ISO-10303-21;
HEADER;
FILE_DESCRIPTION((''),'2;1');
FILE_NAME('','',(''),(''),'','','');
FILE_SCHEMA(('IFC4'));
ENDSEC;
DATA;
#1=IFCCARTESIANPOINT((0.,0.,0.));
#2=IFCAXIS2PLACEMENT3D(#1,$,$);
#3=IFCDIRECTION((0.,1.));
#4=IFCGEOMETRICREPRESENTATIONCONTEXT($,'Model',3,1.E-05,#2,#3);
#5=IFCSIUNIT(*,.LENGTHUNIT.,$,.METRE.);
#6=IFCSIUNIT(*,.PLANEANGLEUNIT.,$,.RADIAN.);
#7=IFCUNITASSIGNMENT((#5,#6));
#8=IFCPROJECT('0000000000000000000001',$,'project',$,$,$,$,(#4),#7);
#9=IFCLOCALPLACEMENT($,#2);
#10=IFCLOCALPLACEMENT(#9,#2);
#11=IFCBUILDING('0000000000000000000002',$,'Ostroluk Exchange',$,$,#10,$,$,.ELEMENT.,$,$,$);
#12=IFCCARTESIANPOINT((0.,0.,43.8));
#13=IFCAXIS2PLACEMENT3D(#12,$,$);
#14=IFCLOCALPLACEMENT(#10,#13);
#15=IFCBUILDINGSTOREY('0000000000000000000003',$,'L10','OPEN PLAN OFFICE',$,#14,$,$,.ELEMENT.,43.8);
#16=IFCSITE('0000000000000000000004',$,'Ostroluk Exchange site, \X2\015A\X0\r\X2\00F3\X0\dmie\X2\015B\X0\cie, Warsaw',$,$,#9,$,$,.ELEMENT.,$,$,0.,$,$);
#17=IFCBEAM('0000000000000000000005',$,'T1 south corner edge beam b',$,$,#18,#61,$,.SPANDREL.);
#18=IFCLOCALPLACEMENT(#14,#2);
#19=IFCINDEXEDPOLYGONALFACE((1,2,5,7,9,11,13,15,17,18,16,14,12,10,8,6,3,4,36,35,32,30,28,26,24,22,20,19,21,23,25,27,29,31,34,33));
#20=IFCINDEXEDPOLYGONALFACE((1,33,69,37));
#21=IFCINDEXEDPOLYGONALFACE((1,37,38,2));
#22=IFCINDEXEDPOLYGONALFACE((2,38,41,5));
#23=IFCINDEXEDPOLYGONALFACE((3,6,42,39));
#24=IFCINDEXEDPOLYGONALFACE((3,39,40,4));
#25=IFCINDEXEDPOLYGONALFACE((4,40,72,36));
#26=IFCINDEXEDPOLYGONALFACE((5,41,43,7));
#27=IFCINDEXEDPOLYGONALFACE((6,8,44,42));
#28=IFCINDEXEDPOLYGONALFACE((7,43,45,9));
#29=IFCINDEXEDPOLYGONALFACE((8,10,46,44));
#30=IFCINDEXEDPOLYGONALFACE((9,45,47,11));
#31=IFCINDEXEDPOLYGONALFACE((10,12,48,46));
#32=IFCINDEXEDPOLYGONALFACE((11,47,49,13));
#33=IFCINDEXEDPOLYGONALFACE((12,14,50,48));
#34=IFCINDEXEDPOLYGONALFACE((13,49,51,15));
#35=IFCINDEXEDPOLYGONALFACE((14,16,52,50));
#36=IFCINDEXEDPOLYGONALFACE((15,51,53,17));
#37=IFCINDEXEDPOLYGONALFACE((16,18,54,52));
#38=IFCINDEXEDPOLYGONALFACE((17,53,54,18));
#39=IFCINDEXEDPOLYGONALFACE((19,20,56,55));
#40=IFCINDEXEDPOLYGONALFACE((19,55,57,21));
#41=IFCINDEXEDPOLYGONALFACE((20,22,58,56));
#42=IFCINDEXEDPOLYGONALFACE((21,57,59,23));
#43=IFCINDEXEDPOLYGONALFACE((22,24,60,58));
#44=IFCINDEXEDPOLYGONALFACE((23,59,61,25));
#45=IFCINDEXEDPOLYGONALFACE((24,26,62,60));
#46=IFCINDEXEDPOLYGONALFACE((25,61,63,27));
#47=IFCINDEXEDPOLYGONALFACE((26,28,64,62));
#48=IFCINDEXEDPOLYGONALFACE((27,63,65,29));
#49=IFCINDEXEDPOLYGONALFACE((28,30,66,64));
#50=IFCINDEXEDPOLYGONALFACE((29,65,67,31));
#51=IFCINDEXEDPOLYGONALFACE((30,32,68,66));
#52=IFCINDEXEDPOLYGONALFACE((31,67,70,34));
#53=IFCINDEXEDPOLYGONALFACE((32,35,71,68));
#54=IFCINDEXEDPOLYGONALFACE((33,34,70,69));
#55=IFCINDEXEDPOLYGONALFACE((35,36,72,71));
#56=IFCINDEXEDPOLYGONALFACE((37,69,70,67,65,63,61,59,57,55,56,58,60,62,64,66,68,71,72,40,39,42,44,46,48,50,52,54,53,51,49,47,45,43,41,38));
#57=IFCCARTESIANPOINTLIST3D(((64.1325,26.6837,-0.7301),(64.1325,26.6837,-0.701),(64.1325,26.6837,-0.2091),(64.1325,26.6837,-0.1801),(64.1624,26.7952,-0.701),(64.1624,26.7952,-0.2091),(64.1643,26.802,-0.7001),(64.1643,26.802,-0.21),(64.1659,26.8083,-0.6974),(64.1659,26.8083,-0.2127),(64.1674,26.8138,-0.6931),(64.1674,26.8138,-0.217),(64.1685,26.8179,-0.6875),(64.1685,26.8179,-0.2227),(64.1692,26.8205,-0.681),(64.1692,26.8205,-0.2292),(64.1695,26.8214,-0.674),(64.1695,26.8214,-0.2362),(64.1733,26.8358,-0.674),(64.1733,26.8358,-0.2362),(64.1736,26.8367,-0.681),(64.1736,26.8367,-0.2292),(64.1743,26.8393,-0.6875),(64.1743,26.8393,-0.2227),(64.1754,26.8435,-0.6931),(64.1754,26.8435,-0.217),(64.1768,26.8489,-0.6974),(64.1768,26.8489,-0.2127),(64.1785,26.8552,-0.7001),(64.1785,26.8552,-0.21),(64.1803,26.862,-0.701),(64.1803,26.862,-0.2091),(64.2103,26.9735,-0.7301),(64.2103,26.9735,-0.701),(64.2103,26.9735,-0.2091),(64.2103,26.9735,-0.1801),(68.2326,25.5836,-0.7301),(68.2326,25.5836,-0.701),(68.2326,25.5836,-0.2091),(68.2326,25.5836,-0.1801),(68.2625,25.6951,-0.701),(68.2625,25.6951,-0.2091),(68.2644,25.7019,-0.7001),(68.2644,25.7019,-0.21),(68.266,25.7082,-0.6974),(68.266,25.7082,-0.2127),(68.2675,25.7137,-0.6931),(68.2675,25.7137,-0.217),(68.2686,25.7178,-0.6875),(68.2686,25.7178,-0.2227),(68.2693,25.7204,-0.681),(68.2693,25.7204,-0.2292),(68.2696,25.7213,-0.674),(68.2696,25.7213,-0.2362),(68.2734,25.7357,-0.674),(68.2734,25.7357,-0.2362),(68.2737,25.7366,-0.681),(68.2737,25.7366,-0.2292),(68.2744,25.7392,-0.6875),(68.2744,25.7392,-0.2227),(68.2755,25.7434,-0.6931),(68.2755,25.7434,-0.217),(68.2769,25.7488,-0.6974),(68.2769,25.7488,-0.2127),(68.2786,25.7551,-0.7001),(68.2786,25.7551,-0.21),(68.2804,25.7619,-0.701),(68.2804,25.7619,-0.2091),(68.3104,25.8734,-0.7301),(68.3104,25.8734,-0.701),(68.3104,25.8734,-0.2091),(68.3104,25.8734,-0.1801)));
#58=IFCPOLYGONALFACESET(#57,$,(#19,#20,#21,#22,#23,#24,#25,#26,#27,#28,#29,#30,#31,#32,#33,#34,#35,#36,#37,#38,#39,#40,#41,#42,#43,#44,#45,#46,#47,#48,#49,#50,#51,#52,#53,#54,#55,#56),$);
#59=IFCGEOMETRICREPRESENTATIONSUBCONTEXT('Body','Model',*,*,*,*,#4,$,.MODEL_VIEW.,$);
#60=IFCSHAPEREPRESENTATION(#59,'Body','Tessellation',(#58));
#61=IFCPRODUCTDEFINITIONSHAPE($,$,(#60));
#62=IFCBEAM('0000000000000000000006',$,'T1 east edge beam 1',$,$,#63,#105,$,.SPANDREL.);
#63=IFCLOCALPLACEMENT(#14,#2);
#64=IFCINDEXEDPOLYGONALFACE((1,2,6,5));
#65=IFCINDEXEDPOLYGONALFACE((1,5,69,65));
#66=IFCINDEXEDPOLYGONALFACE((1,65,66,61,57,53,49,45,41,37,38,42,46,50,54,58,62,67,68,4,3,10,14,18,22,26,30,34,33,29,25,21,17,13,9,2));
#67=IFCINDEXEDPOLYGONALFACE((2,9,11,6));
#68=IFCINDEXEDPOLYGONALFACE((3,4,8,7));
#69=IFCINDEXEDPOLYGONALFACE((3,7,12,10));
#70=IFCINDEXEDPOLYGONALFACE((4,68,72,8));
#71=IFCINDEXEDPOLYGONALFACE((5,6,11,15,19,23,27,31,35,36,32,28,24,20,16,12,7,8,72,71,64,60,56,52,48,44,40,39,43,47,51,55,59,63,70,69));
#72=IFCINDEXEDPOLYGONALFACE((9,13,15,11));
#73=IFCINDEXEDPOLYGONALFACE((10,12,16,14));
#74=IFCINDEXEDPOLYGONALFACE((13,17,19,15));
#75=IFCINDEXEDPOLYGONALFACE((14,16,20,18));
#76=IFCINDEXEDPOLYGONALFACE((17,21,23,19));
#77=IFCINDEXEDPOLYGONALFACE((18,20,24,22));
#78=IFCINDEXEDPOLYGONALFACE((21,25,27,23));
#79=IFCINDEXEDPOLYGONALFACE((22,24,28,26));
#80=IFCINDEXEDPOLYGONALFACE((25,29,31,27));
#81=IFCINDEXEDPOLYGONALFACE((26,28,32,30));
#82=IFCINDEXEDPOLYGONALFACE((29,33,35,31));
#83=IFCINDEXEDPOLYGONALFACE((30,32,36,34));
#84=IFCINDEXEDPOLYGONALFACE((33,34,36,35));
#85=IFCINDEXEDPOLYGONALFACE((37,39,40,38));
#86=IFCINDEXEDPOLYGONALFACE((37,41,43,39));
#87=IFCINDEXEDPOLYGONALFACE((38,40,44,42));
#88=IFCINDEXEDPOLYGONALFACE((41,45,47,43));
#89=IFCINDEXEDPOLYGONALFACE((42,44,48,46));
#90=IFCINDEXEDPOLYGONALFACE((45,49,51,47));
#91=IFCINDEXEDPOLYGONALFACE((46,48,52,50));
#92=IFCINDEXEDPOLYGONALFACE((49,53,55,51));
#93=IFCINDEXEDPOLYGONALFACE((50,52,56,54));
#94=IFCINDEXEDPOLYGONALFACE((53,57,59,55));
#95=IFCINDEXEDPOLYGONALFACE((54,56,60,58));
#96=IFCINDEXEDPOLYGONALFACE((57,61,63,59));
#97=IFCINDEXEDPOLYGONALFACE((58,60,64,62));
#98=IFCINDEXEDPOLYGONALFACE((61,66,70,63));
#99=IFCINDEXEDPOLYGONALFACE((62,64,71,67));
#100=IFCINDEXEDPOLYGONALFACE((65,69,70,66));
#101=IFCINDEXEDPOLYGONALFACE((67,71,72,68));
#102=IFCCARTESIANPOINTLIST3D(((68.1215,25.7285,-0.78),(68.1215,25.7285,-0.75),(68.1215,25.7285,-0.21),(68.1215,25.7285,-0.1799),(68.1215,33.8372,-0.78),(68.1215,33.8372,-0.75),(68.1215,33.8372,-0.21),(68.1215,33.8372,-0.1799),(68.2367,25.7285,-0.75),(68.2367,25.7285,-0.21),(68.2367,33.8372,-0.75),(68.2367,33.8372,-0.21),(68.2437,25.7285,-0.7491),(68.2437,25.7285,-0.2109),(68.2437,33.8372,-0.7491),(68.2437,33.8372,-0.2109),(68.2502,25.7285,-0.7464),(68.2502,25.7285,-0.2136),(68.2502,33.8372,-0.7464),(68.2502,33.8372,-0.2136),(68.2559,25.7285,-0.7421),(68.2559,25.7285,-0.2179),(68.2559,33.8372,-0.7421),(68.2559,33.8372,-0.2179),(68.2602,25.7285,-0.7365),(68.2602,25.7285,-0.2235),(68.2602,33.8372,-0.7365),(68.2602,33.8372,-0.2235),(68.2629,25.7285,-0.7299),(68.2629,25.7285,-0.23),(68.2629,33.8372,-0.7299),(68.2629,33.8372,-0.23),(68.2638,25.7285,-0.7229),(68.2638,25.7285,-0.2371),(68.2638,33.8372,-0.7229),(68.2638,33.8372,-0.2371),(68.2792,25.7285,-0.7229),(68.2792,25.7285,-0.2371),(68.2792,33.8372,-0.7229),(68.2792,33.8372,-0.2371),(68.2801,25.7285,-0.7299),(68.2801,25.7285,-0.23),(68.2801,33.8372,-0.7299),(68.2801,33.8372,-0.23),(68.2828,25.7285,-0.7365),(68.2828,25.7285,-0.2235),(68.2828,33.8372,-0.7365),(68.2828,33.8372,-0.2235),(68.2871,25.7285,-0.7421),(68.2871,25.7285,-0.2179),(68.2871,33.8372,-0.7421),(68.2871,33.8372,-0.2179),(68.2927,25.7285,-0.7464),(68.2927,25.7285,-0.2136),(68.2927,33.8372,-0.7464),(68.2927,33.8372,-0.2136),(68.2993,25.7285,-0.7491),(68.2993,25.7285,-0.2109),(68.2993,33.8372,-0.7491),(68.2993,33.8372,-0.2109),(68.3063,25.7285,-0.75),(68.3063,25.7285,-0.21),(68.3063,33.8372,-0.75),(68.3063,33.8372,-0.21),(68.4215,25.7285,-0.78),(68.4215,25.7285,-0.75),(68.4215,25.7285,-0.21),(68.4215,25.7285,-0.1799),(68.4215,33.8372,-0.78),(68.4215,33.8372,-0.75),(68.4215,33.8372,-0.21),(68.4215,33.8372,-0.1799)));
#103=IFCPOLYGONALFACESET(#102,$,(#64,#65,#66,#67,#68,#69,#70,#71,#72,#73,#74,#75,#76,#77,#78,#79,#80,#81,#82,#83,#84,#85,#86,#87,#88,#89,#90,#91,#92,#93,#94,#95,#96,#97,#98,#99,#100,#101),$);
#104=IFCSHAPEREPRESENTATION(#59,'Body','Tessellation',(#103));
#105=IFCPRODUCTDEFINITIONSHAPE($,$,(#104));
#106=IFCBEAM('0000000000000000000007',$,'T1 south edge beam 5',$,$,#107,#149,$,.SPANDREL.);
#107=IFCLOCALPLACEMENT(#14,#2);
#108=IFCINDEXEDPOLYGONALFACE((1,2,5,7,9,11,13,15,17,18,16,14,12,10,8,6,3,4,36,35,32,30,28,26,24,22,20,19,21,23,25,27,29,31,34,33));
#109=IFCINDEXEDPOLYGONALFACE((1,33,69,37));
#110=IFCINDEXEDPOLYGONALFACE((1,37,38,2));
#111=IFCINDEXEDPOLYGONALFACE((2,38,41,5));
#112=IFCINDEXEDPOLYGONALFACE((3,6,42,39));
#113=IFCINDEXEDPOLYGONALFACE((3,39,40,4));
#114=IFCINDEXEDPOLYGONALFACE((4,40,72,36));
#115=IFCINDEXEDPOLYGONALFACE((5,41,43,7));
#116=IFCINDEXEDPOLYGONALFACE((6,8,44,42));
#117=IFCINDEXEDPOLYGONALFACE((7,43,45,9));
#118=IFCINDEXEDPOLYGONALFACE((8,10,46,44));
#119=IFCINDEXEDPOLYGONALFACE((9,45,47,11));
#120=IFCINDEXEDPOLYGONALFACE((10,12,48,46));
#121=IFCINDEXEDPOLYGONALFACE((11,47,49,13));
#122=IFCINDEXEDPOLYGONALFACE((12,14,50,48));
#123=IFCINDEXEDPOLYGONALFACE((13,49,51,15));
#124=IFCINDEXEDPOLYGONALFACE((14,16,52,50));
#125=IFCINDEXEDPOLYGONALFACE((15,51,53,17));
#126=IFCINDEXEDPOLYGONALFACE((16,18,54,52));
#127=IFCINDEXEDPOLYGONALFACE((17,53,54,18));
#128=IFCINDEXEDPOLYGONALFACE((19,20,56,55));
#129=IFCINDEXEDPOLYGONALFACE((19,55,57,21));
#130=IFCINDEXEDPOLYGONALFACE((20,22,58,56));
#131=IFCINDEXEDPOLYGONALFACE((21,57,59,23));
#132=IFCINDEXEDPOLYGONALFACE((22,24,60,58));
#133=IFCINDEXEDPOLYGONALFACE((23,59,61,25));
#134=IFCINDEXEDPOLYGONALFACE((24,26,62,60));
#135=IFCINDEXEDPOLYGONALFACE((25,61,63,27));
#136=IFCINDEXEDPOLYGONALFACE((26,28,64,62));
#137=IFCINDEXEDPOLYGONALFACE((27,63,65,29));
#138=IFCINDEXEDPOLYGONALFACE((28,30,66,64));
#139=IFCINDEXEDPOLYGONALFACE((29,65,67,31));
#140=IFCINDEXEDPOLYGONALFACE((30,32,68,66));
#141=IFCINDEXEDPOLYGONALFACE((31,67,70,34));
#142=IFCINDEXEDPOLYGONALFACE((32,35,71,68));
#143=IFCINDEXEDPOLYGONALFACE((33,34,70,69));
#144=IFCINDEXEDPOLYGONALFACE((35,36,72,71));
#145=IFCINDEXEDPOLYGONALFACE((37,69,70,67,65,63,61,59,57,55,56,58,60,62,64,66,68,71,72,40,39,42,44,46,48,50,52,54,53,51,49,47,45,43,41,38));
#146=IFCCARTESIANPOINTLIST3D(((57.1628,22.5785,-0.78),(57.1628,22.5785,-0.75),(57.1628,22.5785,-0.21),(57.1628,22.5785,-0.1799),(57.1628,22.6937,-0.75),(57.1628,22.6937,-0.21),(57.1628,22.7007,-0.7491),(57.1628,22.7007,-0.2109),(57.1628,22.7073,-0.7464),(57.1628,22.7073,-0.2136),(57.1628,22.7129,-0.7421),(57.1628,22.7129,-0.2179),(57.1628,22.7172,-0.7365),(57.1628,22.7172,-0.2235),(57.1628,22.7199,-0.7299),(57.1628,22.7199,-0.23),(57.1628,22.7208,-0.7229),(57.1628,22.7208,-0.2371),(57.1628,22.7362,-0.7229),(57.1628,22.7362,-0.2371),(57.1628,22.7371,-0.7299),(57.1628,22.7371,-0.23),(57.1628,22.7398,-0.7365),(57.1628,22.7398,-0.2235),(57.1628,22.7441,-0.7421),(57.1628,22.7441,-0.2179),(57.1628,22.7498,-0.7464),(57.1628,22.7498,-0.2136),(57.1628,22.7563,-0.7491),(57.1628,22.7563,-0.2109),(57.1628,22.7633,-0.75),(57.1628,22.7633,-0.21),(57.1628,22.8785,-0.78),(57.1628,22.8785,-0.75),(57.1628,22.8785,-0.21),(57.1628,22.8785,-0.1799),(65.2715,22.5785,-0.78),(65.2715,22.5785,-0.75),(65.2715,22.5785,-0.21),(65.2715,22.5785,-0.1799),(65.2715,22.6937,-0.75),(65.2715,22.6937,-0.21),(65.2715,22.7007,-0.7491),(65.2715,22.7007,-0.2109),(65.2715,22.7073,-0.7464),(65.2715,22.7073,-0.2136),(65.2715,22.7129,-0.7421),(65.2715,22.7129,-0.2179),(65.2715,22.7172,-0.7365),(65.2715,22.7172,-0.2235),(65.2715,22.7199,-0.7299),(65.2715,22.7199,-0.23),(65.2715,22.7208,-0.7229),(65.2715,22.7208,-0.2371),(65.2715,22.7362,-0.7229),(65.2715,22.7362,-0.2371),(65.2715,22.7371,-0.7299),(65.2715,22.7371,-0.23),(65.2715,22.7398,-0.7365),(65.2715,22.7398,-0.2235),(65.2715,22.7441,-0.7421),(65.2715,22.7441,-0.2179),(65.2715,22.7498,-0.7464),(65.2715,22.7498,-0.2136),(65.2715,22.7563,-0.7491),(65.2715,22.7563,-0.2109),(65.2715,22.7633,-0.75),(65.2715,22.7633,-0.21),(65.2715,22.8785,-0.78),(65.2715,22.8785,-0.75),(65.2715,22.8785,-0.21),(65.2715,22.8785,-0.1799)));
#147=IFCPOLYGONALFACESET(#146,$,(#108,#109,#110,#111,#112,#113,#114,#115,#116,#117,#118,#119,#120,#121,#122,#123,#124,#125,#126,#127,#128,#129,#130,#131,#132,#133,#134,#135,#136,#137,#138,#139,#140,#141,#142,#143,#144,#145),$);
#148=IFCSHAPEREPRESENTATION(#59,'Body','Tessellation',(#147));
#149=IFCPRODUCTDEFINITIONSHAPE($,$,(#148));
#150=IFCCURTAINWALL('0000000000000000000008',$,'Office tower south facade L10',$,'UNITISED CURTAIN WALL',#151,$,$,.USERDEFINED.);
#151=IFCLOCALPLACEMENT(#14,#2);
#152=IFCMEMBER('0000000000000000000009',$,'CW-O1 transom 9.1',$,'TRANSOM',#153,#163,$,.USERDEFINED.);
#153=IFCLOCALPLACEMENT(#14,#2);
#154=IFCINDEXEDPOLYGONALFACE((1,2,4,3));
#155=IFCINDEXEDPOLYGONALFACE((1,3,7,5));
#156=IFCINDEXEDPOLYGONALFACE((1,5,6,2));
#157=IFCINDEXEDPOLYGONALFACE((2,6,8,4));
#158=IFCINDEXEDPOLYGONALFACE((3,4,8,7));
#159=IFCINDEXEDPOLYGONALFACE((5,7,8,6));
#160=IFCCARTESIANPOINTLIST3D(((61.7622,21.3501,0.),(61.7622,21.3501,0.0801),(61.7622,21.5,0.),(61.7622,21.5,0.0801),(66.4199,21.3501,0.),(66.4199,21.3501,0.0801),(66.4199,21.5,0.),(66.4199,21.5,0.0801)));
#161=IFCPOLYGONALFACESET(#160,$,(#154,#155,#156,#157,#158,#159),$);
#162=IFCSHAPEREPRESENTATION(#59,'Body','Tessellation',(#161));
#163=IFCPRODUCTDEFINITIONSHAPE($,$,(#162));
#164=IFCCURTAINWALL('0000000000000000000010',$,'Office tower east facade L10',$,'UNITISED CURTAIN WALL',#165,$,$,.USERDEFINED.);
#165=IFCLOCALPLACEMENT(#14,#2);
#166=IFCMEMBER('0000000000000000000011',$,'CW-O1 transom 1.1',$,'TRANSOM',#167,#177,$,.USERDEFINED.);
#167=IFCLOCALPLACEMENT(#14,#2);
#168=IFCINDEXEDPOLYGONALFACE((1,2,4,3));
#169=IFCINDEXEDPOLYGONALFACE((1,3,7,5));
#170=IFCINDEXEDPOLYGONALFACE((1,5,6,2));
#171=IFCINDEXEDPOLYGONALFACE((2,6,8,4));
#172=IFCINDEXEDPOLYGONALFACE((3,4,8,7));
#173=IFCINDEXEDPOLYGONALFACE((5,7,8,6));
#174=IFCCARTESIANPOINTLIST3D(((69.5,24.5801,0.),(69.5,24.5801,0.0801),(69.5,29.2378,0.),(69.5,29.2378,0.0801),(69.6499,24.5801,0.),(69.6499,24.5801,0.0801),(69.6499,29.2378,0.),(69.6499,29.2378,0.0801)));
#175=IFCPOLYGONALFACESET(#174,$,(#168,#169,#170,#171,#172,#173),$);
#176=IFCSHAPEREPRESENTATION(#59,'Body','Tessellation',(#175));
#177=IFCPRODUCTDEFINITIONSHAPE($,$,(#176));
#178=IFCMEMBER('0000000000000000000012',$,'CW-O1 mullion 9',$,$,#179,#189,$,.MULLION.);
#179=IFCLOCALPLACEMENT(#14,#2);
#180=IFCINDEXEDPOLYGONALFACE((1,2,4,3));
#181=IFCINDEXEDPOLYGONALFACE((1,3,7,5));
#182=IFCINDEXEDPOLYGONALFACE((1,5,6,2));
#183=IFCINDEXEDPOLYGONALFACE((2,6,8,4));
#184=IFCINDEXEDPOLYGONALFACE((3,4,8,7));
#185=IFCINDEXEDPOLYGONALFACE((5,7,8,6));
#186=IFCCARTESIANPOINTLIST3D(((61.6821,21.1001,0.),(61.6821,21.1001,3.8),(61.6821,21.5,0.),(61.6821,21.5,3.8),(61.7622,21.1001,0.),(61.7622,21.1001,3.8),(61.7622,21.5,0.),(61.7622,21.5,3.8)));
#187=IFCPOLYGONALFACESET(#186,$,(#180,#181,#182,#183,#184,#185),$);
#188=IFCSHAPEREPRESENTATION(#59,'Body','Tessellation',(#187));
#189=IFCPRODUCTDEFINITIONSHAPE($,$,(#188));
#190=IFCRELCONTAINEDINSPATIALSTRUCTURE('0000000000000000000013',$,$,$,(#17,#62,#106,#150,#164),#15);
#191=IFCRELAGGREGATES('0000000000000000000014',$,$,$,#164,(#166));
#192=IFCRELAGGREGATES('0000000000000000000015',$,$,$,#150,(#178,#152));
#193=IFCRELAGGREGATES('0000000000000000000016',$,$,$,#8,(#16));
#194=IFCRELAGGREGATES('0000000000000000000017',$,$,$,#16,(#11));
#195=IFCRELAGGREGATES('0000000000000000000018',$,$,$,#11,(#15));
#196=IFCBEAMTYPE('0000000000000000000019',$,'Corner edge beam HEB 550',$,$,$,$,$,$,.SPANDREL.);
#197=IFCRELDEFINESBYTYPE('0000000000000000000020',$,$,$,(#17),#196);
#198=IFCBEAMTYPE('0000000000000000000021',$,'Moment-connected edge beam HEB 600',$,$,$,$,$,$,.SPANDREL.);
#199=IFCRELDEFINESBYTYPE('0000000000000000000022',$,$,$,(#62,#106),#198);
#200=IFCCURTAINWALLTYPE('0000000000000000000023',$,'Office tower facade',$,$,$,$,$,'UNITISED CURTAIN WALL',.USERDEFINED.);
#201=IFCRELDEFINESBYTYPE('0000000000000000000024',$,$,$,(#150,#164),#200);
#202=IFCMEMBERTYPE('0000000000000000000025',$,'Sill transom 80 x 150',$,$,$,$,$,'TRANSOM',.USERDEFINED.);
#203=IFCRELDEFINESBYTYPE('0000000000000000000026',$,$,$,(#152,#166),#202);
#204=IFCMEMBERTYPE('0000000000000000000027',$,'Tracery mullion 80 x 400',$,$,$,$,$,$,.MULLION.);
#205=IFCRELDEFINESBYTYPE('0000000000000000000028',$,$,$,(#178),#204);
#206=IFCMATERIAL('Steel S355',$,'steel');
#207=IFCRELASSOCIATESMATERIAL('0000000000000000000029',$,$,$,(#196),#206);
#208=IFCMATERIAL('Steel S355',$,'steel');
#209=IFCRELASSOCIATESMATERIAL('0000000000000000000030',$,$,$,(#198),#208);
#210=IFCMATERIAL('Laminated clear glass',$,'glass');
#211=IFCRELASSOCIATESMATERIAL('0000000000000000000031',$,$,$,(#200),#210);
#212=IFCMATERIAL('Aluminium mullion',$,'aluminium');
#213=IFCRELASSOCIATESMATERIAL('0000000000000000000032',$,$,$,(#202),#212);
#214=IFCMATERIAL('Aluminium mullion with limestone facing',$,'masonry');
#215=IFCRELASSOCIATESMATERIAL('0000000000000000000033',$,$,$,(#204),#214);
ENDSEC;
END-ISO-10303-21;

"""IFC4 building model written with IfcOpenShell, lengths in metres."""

from ifc_helpers import new_model, si_unit, direction, frame, origin, origin_2d, place, context, subcontext, project, spatial, rectangle, i_section, extrude, material, material_profile, profile_set, type_object, element, aggregate, save


model = new_model("IFC4")

# Units and contexts
model_context = context("Model", 3, precision=1e-05, world=origin(), true_north=direction((0.0, 1.0)))
body_context = subcontext(model_context, "Body", "Model", "MODEL_VIEW")
ifc_project = project(units=[si_unit("LENGTHUNIT", "METRE"), si_unit("PLANEANGLEUNIT", "RADIAN")], contexts=[model_context])

# Site, building, storey
site_placement = place(None, origin())
site = spatial("IfcSite", under=ifc_project, at=site_placement, Name="Ostroluk Exchange site, Śródmieście, Warsaw", CompositionType="ELEMENT", RefElevation=0.0)
building_placement = place(site_placement, origin())
building = spatial("IfcBuilding", under=site, at=building_placement, Name="Ostroluk Exchange", CompositionType="ELEMENT")
storey_placement = place(building_placement, frame((0.0, 0.0, 43.8)))
storey = spatial("IfcBuildingStorey", under=building, at=storey_placement, Name="L10", Description="OPEN PLAN OFFICE", CompositionType="ELEMENT", Elevation=43.8)

# Beams
ifc_material_1 = material(Name="Steel S355", Category="steel")
ifc_material_profile_1 = material_profile(ifc_material_1, i_section(OverallWidth=0.3, OverallDepth=0.55, WebThickness=0.0149, FlangeThickness=0.0291, FilletRadius=0.0271, at=origin_2d()), Name="HEB 550")
ifc_profile_set_1 = profile_set([ifc_material_profile_1], Name="Steel S355")
beam_type_1 = type_object("IfcBeamType", Name="Corner edge beam HEB 550", PredefinedType="SPANDREL", material=ifc_profile_set_1)
for number, where, z_axis, x_axis, name in (
    (1, (64.1714, 26.8286, -0.4551), (0.965839, -0.259144, 0.0), (0.259144, 0.965839, 0.0), "T1 south corner edge beam b"),
):
    element("IfcBeam", number, at=place(storey_placement, frame(where, z_axis=z_axis, x_axis=x_axis)), inside=storey, type_object=beam_type_1, Name=name, PredefinedType="SPANDREL", context=body_context, shape_type="SweptSolid", body=[
        extrude(i_section(OverallWidth=0.3, OverallDepth=0.55, WebThickness=0.0149, FlangeThickness=0.0291, FilletRadius=0.0271, at=origin_2d()), origin(), (0.0, 0.0, 1.0), 4.2451),
    ])
ifc_material_2 = material(Name="Steel S355", Category="steel")
ifc_material_profile_2 = material_profile(ifc_material_2, i_section(OverallWidth=0.3, OverallDepth=0.6001, WebThickness=0.0154, FlangeThickness=0.03, FilletRadius=0.0271, at=origin_2d()), Name="HEB 600")
ifc_profile_set_2 = profile_set([ifc_material_profile_2], Name="Steel S355")
beam_type_2 = type_object("IfcBeamType", Name="Moment-connected edge beam HEB 600", PredefinedType="SPANDREL", material=ifc_profile_set_2)
for number, where, z_axis, x_axis, name in (
    (2, (68.2715, 25.7285, -0.48), (0.0, 1.0, 0.0), (-1.0, 0.0, 0.0), "T1 east edge beam 1"),
    (3, (57.1628, 22.7285, -0.48), (1.0, 0.0, 0.0), (0.0, 1.0, 0.0), "T1 south edge beam 5"),
):
    element("IfcBeam", number, at=place(storey_placement, frame(where, z_axis=z_axis, x_axis=x_axis)), inside=storey, type_object=beam_type_2, Name=name, PredefinedType="SPANDREL", context=body_context, shape_type="SweptSolid", body=[
        extrude(i_section(OverallWidth=0.3, OverallDepth=0.6001, WebThickness=0.0154, FlangeThickness=0.03, FilletRadius=0.0271, at=origin_2d()), origin(), (0.0, 0.0, 1.0), 8.1086),
    ])

# Curtain walls, members
ifc_material_3 = material(Name="Laminated clear glass", Category="glass")
curtain_wall_type = type_object("IfcCurtainWallType", Name="Office tower facade", ElementType="UNITISED CURTAIN WALL", PredefinedType="USERDEFINED", material=ifc_material_3)
curtain_wall_1_placement = place(storey_placement, origin())
curtain_wall_1 = element("IfcCurtainWall", 4, at=curtain_wall_1_placement, inside=storey, type_object=curtain_wall_type, Name="Office tower south facade L10", ObjectType="UNITISED CURTAIN WALL", PredefinedType="USERDEFINED")
ifc_material_4 = material(Name="Aluminium mullion", Category="aluminium")
ifc_material_profile_3 = material_profile(ifc_material_4, rectangle(XDim=0.1499, YDim=0.0801, at=origin_2d()), Name="Sill transom 80 x 150")
ifc_profile_set_3 = profile_set([ifc_material_profile_3], Name="Aluminium mullion")
member_type_1 = type_object("IfcMemberType", Name="Sill transom 80 x 150", ElementType="TRANSOM", PredefinedType="USERDEFINED", material=ifc_profile_set_3)
member_1_placement = place(storey_placement, frame((61.7622, 21.425, 0.04), z_axis=(1.0, 0.0, 0.0), x_axis=(0.0, 1.0, 0.0)))
member_1 = element("IfcMember", 5, at=member_1_placement, type_object=member_type_1, Name="CW-O1 transom 9.1", ObjectType="TRANSOM", PredefinedType="USERDEFINED", context=body_context, shape_type="SweptSolid", body=[
    extrude(rectangle(XDim=0.1499, YDim=0.0801, at=origin_2d()), origin(), (0.0, 0.0, 1.0), 4.6577),
])
curtain_wall_2_placement = place(storey_placement, origin())
curtain_wall_2 = element("IfcCurtainWall", 6, at=curtain_wall_2_placement, inside=storey, type_object=curtain_wall_type, Name="Office tower east facade L10", ObjectType="UNITISED CURTAIN WALL", PredefinedType="USERDEFINED")
member_2_placement = place(storey_placement, frame((69.575, 24.5801, 0.04), z_axis=(0.0, 1.0, 0.0), x_axis=(-1.0, 0.0, 0.0)))
member_2 = element("IfcMember", 7, at=member_2_placement, type_object=member_type_1, Name="CW-O1 transom 1.1", ObjectType="TRANSOM", PredefinedType="USERDEFINED", context=body_context, shape_type="SweptSolid", body=[
    extrude(rectangle(XDim=0.1499, YDim=0.0801, at=origin_2d()), origin(), (0.0, 0.0, 1.0), 4.6577),
])
aggregate(curtain_wall_2, [member_2])

# Member
ifc_material_5 = material(Name="Aluminium mullion with limestone facing", Category="masonry")
ifc_material_profile_4 = material_profile(ifc_material_5, rectangle(XDim=0.3999, YDim=0.0801, at=origin_2d()), Name="Tracery mullion 80 x 400")
ifc_profile_set_4 = profile_set([ifc_material_profile_4], Name="Aluminium mullion with limestone facing")
member_type_2 = type_object("IfcMemberType", Name="Tracery mullion 80 x 400", PredefinedType="MULLION", material=ifc_profile_set_4)
member_3_placement = place(storey_placement, frame((61.7222, 21.3, 0.0), z_axis=(0.0, 0.0, 1.0), x_axis=(0.0, 1.0, 0.0)))
member_3 = element("IfcMember", 8, at=member_3_placement, type_object=member_type_2, Name="CW-O1 mullion 9", PredefinedType="MULLION", context=body_context, shape_type="SweptSolid", body=[
    extrude(rectangle(XDim=0.3999, YDim=0.0801, at=origin_2d()), origin(), (0.0, 0.0, 1.0), 3.8),
])

aggregate(curtain_wall_1, [member_3, member_1])

save(model, "model.ifc")
